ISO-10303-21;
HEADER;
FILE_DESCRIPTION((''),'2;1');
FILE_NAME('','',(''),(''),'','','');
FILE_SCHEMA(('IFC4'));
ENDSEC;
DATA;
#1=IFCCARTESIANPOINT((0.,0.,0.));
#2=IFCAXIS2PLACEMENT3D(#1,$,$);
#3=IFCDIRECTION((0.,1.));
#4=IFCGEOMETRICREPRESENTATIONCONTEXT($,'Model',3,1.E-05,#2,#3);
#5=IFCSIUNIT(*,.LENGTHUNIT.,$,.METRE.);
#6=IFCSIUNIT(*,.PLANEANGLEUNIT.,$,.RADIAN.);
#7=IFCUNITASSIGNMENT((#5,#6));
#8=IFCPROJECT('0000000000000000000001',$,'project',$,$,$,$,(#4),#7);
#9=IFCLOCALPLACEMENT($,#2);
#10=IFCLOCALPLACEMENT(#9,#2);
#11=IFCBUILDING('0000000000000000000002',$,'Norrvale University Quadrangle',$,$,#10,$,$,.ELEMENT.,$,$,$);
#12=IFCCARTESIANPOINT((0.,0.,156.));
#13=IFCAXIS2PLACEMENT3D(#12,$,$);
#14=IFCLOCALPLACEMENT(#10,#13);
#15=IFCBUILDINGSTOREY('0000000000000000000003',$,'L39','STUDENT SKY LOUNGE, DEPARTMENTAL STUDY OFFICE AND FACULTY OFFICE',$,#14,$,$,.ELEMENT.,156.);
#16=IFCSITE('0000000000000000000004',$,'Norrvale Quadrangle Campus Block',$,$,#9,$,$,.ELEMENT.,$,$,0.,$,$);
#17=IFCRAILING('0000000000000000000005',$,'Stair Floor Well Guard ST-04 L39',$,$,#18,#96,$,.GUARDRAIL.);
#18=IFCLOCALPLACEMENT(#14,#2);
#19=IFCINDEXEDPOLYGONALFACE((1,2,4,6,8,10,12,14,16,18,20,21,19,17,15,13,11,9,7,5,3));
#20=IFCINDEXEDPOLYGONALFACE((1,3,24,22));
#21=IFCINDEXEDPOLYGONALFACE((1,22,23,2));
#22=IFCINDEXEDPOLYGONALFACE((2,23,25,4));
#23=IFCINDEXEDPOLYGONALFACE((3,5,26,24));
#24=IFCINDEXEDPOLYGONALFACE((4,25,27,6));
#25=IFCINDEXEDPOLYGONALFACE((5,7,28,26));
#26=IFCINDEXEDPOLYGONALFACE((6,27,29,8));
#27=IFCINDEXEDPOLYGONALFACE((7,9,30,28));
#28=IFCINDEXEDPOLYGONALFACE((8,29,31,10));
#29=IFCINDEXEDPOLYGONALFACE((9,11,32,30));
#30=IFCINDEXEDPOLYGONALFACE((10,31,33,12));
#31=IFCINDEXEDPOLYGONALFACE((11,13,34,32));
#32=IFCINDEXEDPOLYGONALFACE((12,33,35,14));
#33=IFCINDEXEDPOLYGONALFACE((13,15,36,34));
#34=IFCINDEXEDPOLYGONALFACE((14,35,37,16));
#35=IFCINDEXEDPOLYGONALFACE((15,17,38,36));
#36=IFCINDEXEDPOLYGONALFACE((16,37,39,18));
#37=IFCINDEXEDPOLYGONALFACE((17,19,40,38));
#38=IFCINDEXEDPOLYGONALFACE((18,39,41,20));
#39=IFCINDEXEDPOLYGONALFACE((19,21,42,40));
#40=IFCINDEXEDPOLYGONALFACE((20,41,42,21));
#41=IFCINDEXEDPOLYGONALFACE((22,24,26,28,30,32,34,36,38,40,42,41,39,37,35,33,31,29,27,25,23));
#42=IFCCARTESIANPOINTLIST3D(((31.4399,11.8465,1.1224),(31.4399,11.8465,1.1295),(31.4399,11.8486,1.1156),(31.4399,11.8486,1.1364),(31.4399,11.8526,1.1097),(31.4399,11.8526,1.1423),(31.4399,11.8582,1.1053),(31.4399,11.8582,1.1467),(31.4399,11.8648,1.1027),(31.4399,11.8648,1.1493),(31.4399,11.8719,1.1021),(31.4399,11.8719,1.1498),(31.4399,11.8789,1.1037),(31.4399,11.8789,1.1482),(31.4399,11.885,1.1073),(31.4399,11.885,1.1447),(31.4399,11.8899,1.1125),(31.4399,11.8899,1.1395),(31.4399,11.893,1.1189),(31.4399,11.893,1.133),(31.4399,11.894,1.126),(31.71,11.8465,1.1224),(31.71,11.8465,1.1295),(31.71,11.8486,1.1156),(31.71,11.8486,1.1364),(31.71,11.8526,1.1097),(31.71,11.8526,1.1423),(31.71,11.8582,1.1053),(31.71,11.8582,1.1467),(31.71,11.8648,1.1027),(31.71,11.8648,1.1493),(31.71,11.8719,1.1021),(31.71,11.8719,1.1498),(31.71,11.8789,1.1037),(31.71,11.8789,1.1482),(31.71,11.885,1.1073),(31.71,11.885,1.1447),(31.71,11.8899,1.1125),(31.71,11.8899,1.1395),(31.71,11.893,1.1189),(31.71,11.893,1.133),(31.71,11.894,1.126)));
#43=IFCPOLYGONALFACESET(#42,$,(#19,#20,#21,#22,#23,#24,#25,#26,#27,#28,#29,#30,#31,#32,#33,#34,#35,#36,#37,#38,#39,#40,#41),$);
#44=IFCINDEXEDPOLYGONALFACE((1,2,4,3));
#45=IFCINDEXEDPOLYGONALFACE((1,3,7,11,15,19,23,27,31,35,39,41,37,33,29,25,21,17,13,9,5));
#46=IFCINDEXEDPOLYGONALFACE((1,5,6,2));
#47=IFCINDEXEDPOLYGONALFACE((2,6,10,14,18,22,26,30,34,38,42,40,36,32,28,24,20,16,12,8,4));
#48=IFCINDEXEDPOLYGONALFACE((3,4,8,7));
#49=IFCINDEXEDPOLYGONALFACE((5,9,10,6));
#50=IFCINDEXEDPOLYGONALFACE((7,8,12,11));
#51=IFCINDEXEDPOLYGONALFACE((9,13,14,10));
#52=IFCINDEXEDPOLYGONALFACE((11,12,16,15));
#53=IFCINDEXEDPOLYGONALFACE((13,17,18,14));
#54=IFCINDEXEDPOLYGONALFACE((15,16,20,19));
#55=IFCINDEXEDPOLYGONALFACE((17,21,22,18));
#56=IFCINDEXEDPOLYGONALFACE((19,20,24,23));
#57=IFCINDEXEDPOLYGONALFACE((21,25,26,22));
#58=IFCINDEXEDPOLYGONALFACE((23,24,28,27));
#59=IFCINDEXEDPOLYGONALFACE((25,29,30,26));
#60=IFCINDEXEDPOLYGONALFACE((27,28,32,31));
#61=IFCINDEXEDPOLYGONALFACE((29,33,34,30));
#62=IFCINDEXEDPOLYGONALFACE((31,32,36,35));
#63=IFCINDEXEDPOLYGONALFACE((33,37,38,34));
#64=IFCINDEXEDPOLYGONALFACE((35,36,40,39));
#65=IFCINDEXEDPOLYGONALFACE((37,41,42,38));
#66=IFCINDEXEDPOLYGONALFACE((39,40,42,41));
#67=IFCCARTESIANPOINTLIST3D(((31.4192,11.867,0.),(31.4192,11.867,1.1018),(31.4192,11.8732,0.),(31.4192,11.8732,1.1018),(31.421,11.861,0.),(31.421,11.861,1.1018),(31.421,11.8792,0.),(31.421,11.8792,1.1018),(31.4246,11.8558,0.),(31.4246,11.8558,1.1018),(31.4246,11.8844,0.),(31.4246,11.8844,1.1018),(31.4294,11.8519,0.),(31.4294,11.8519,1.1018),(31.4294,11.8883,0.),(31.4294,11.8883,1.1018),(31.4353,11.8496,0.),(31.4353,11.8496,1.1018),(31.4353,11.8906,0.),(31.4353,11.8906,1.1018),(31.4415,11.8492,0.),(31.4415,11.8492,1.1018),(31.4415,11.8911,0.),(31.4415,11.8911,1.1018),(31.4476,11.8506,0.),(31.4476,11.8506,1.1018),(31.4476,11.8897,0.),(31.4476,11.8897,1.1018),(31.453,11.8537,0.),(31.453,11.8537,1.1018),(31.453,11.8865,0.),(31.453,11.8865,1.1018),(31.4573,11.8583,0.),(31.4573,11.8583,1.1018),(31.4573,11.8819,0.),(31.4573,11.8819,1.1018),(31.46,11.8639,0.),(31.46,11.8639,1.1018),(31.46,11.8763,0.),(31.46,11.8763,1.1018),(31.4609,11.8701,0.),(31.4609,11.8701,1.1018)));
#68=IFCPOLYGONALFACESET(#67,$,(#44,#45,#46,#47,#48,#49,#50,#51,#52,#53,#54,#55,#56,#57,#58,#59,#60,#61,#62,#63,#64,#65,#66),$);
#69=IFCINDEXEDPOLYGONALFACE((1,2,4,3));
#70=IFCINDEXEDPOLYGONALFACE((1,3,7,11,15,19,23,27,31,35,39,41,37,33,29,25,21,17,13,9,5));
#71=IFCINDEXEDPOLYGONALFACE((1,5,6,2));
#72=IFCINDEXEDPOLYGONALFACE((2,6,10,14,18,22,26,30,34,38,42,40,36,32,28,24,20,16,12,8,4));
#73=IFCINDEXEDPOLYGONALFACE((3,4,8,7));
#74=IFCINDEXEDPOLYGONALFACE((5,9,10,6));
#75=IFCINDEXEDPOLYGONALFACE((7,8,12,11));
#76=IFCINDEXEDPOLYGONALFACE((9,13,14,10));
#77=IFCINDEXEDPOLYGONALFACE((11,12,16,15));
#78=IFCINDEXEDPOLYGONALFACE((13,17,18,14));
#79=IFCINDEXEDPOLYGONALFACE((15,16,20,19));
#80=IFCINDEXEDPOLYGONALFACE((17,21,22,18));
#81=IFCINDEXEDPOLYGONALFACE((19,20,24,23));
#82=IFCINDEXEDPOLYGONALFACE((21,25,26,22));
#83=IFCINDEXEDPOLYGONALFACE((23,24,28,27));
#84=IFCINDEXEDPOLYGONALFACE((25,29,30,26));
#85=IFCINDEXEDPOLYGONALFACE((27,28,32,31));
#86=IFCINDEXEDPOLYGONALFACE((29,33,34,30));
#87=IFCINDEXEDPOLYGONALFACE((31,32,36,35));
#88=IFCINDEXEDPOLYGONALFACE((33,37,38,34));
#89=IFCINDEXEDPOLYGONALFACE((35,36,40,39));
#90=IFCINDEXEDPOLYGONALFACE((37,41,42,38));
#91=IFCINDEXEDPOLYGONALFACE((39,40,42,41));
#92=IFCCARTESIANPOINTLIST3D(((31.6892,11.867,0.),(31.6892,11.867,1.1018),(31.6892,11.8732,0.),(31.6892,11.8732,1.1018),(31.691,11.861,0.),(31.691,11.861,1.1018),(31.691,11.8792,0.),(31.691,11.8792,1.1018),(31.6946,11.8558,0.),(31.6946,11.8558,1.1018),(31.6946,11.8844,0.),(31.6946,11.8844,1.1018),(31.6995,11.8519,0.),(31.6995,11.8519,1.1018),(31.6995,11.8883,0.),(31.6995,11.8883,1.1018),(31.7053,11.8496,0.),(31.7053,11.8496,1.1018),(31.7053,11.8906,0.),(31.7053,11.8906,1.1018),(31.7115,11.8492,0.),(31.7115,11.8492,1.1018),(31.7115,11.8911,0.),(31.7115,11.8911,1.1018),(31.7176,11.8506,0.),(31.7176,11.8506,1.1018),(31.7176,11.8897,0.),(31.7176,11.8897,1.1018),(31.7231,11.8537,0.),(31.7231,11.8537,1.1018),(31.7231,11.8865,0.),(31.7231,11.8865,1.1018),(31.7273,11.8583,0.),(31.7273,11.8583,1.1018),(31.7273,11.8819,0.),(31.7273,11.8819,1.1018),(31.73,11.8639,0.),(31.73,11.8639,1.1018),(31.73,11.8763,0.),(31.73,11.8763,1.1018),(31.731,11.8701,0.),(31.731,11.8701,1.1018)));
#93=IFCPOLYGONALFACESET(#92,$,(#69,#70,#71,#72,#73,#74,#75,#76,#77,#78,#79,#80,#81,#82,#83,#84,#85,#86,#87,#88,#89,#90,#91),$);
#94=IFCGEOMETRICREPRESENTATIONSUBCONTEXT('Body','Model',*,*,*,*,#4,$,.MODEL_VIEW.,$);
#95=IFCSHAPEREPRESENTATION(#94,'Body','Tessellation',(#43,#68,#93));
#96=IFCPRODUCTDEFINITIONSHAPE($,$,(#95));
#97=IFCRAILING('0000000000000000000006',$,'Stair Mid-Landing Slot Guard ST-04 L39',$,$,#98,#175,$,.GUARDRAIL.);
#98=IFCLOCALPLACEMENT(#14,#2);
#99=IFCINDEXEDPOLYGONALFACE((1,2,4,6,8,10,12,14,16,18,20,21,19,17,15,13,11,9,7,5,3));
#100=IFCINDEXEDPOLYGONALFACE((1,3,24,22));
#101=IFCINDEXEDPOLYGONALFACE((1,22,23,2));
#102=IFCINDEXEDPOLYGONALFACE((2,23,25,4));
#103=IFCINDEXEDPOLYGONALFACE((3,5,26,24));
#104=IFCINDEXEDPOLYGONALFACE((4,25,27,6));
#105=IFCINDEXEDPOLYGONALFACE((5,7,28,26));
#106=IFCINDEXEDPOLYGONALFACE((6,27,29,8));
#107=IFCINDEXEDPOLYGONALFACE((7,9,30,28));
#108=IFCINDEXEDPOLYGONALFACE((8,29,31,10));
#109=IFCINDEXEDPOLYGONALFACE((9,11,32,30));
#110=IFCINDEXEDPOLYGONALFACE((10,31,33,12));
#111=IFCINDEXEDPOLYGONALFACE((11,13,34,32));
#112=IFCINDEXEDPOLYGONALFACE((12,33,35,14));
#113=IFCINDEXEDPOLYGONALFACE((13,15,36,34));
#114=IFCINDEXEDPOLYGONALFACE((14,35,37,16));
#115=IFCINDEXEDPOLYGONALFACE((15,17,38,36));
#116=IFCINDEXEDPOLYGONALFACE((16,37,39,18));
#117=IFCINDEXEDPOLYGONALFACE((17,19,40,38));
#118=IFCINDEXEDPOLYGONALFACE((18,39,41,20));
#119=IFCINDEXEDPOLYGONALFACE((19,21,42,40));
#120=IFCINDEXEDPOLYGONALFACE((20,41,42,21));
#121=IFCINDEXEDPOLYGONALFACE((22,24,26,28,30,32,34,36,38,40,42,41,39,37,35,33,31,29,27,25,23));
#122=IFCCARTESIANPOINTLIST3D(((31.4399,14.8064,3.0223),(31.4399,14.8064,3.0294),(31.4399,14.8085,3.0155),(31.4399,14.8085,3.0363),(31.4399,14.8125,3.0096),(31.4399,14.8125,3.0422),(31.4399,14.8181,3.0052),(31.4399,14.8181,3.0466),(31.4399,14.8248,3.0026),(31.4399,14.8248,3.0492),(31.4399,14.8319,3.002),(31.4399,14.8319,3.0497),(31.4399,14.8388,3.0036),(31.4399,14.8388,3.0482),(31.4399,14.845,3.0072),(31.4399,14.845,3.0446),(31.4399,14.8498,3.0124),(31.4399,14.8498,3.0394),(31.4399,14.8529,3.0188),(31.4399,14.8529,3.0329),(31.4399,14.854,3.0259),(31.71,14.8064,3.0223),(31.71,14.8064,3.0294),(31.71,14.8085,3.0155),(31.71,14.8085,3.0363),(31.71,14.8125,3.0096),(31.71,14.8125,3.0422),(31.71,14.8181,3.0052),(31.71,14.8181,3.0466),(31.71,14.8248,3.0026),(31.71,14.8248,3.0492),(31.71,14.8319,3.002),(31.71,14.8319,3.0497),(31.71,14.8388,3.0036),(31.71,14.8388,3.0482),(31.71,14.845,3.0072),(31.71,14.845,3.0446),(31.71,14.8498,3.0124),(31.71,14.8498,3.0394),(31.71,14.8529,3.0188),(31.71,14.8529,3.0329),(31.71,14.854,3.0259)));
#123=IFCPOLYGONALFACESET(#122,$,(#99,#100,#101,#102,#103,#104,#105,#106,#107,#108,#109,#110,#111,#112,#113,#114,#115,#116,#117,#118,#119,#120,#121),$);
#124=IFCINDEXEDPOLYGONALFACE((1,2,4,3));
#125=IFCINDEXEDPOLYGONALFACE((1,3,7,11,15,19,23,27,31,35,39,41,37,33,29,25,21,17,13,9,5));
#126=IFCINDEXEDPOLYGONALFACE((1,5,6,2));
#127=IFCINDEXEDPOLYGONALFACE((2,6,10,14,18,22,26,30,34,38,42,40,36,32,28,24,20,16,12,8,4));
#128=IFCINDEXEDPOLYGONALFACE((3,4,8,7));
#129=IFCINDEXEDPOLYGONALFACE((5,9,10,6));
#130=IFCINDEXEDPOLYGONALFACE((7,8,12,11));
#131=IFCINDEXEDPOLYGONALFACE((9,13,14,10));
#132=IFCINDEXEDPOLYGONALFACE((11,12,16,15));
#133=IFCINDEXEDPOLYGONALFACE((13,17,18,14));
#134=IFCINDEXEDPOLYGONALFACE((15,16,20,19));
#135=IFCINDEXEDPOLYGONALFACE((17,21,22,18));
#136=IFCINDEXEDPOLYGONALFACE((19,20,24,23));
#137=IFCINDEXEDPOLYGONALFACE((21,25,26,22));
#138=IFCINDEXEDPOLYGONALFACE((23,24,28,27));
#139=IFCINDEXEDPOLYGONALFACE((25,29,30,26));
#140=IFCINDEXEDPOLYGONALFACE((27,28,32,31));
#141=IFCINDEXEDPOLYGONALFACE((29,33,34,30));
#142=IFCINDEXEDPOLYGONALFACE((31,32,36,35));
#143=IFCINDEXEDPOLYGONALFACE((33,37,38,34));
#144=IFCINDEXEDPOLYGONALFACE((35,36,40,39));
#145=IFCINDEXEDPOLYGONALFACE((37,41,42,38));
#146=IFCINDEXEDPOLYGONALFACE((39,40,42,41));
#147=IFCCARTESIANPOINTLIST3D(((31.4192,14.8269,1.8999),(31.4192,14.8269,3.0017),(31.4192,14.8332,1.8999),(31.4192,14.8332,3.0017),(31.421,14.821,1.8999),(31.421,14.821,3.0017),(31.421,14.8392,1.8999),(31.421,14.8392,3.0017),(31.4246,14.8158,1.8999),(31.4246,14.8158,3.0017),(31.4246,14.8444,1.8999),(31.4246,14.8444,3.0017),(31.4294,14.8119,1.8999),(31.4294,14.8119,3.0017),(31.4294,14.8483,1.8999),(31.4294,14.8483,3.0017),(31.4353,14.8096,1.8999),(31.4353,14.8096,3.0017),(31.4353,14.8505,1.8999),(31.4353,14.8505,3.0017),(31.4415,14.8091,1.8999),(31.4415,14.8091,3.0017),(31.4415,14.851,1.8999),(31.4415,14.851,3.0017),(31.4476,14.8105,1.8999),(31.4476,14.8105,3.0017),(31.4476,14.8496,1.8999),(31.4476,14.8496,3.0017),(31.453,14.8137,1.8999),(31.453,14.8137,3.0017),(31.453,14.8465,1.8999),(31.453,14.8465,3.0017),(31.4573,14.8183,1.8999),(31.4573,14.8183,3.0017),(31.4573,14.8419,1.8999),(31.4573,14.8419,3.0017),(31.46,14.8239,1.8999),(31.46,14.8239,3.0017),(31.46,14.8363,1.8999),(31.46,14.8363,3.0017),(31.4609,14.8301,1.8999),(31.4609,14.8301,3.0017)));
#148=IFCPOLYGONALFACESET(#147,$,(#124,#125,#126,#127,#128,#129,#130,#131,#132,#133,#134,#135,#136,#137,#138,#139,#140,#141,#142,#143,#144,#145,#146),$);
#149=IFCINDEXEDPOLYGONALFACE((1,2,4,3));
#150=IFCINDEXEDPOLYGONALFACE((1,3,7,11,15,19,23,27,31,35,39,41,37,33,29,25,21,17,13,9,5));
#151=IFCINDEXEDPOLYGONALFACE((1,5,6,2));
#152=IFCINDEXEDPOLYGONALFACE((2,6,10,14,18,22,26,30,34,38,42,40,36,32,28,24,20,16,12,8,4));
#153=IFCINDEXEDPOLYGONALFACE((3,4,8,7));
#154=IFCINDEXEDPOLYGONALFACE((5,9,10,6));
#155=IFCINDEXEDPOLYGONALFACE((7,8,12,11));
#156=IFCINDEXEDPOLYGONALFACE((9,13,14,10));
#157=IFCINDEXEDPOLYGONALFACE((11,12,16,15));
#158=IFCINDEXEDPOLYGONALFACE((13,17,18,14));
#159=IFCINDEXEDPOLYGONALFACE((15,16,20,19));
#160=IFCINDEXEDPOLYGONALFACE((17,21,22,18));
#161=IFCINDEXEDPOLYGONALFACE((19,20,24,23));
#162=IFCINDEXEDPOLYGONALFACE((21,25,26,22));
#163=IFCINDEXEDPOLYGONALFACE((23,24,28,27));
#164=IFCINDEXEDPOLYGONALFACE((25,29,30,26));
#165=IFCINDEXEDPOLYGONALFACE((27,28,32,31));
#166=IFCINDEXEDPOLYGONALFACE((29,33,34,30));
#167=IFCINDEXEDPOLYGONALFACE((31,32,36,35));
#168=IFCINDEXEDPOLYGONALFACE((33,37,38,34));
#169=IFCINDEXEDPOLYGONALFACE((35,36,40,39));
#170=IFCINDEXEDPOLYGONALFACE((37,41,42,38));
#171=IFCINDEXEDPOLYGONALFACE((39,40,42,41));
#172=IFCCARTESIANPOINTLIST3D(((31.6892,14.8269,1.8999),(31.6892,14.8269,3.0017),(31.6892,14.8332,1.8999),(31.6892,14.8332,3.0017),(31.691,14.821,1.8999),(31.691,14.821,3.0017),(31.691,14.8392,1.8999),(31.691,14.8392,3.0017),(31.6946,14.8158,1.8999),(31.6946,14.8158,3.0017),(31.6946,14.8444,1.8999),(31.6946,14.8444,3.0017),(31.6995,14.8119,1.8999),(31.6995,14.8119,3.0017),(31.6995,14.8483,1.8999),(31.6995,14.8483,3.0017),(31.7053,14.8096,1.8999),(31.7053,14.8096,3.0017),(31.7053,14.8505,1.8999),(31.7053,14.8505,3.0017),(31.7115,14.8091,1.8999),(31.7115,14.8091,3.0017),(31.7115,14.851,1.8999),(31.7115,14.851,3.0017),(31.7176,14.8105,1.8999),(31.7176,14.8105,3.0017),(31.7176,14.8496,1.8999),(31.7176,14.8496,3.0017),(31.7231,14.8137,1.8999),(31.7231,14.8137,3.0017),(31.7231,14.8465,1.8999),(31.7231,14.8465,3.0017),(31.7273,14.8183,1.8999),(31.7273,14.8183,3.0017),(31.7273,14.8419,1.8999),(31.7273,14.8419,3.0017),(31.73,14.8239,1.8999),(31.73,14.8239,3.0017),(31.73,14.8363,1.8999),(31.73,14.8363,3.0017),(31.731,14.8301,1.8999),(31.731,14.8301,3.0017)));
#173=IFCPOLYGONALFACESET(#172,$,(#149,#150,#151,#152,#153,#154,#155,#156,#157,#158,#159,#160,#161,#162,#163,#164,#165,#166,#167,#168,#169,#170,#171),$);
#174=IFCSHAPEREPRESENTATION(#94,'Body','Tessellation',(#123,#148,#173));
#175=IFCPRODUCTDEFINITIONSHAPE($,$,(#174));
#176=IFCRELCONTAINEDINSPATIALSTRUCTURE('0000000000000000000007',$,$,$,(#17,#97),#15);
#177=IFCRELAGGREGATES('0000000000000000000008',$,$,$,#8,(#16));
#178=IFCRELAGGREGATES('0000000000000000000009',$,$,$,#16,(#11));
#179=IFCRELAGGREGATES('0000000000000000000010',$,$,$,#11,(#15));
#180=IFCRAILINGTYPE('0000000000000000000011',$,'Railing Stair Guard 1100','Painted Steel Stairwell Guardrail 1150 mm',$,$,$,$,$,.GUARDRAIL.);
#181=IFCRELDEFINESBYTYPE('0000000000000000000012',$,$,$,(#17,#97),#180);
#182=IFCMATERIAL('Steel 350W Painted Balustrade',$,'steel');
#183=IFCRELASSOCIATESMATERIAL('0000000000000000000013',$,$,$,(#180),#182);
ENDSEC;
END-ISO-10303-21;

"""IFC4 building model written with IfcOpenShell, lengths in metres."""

from ifc_helpers import new_model, si_unit, direction, frame, origin, origin_2d, place, context, subcontext, project, spatial, circle, extrude, material, type_object, element, save


model = new_model("IFC4")

# Units and contexts
model_context = context("Model", 3, precision=1e-05, world=origin(), true_north=direction((0.0, 1.0)))
body_context = subcontext(model_context, "Body", "Model", "MODEL_VIEW")
ifc_project = project(units=[si_unit("LENGTHUNIT", "METRE"), si_unit("PLANEANGLEUNIT", "RADIAN")], contexts=[model_context])

# Site, building, storey
site_placement = place(None, origin())
site = spatial("IfcSite", under=ifc_project, at=site_placement, Name="Norrvale Quadrangle Campus Block", CompositionType="ELEMENT", RefElevation=0.0)
building_placement = place(site_placement, origin())
building = spatial("IfcBuilding", under=site, at=building_placement, Name="Norrvale University Quadrangle", CompositionType="ELEMENT")
storey_placement = place(building_placement, frame((0.0, 0.0, 156.0)))
storey = spatial("IfcBuildingStorey", under=building, at=storey_placement, Name="L39", Description="STUDENT SKY LOUNGE, DEPARTMENTAL STUDY OFFICE AND FACULTY OFFICE", CompositionType="ELEMENT", Elevation=156.0)

# Railings
ifc_material_1 = material(Name="Steel 350W Painted Balustrade", Category="steel")
railing_type_1 = type_object("IfcRailingType", Name="Railing Stair Guard 1100", Description="Painted Steel Stairwell Guardrail 1150 mm", PredefinedType="GUARDRAIL", material=ifc_material_1)
for number, where, name in (
    (1, (31.4399, 11.8701, 0.0), "Stair Floor Well Guard ST-04 L39"),
    (2, (31.4399, 14.8301, 1.8999), "Stair Mid-Landing Slot Guard ST-04 L39"),
):
    element("IfcRailing", number, at=place(storey_placement, frame(where)), inside=storey, type_object=railing_type_1, Name=name, PredefinedType="GUARDRAIL", context=body_context, shape_type="SweptSolid", body=[
        extrude(circle(Radius=0.0239, at=origin_2d()), frame((0.0, 0.0, 1.126), z_axis=(1.0, 0.0, 0.0), x_axis=(0.0, 1.0, 0.0)), (0.0, 0.0, 1.0), 0.27),
        extrude(circle(Radius=0.021, at=origin_2d()), origin(), (0.0, 0.0, 1.0), 1.1018),
        extrude(circle(Radius=0.021, at=origin_2d()), frame((0.27, 0.0, 0.0)), (0.0, 0.0, 1.0), 1.1018),
    ])

save(model, "model.ifc")
